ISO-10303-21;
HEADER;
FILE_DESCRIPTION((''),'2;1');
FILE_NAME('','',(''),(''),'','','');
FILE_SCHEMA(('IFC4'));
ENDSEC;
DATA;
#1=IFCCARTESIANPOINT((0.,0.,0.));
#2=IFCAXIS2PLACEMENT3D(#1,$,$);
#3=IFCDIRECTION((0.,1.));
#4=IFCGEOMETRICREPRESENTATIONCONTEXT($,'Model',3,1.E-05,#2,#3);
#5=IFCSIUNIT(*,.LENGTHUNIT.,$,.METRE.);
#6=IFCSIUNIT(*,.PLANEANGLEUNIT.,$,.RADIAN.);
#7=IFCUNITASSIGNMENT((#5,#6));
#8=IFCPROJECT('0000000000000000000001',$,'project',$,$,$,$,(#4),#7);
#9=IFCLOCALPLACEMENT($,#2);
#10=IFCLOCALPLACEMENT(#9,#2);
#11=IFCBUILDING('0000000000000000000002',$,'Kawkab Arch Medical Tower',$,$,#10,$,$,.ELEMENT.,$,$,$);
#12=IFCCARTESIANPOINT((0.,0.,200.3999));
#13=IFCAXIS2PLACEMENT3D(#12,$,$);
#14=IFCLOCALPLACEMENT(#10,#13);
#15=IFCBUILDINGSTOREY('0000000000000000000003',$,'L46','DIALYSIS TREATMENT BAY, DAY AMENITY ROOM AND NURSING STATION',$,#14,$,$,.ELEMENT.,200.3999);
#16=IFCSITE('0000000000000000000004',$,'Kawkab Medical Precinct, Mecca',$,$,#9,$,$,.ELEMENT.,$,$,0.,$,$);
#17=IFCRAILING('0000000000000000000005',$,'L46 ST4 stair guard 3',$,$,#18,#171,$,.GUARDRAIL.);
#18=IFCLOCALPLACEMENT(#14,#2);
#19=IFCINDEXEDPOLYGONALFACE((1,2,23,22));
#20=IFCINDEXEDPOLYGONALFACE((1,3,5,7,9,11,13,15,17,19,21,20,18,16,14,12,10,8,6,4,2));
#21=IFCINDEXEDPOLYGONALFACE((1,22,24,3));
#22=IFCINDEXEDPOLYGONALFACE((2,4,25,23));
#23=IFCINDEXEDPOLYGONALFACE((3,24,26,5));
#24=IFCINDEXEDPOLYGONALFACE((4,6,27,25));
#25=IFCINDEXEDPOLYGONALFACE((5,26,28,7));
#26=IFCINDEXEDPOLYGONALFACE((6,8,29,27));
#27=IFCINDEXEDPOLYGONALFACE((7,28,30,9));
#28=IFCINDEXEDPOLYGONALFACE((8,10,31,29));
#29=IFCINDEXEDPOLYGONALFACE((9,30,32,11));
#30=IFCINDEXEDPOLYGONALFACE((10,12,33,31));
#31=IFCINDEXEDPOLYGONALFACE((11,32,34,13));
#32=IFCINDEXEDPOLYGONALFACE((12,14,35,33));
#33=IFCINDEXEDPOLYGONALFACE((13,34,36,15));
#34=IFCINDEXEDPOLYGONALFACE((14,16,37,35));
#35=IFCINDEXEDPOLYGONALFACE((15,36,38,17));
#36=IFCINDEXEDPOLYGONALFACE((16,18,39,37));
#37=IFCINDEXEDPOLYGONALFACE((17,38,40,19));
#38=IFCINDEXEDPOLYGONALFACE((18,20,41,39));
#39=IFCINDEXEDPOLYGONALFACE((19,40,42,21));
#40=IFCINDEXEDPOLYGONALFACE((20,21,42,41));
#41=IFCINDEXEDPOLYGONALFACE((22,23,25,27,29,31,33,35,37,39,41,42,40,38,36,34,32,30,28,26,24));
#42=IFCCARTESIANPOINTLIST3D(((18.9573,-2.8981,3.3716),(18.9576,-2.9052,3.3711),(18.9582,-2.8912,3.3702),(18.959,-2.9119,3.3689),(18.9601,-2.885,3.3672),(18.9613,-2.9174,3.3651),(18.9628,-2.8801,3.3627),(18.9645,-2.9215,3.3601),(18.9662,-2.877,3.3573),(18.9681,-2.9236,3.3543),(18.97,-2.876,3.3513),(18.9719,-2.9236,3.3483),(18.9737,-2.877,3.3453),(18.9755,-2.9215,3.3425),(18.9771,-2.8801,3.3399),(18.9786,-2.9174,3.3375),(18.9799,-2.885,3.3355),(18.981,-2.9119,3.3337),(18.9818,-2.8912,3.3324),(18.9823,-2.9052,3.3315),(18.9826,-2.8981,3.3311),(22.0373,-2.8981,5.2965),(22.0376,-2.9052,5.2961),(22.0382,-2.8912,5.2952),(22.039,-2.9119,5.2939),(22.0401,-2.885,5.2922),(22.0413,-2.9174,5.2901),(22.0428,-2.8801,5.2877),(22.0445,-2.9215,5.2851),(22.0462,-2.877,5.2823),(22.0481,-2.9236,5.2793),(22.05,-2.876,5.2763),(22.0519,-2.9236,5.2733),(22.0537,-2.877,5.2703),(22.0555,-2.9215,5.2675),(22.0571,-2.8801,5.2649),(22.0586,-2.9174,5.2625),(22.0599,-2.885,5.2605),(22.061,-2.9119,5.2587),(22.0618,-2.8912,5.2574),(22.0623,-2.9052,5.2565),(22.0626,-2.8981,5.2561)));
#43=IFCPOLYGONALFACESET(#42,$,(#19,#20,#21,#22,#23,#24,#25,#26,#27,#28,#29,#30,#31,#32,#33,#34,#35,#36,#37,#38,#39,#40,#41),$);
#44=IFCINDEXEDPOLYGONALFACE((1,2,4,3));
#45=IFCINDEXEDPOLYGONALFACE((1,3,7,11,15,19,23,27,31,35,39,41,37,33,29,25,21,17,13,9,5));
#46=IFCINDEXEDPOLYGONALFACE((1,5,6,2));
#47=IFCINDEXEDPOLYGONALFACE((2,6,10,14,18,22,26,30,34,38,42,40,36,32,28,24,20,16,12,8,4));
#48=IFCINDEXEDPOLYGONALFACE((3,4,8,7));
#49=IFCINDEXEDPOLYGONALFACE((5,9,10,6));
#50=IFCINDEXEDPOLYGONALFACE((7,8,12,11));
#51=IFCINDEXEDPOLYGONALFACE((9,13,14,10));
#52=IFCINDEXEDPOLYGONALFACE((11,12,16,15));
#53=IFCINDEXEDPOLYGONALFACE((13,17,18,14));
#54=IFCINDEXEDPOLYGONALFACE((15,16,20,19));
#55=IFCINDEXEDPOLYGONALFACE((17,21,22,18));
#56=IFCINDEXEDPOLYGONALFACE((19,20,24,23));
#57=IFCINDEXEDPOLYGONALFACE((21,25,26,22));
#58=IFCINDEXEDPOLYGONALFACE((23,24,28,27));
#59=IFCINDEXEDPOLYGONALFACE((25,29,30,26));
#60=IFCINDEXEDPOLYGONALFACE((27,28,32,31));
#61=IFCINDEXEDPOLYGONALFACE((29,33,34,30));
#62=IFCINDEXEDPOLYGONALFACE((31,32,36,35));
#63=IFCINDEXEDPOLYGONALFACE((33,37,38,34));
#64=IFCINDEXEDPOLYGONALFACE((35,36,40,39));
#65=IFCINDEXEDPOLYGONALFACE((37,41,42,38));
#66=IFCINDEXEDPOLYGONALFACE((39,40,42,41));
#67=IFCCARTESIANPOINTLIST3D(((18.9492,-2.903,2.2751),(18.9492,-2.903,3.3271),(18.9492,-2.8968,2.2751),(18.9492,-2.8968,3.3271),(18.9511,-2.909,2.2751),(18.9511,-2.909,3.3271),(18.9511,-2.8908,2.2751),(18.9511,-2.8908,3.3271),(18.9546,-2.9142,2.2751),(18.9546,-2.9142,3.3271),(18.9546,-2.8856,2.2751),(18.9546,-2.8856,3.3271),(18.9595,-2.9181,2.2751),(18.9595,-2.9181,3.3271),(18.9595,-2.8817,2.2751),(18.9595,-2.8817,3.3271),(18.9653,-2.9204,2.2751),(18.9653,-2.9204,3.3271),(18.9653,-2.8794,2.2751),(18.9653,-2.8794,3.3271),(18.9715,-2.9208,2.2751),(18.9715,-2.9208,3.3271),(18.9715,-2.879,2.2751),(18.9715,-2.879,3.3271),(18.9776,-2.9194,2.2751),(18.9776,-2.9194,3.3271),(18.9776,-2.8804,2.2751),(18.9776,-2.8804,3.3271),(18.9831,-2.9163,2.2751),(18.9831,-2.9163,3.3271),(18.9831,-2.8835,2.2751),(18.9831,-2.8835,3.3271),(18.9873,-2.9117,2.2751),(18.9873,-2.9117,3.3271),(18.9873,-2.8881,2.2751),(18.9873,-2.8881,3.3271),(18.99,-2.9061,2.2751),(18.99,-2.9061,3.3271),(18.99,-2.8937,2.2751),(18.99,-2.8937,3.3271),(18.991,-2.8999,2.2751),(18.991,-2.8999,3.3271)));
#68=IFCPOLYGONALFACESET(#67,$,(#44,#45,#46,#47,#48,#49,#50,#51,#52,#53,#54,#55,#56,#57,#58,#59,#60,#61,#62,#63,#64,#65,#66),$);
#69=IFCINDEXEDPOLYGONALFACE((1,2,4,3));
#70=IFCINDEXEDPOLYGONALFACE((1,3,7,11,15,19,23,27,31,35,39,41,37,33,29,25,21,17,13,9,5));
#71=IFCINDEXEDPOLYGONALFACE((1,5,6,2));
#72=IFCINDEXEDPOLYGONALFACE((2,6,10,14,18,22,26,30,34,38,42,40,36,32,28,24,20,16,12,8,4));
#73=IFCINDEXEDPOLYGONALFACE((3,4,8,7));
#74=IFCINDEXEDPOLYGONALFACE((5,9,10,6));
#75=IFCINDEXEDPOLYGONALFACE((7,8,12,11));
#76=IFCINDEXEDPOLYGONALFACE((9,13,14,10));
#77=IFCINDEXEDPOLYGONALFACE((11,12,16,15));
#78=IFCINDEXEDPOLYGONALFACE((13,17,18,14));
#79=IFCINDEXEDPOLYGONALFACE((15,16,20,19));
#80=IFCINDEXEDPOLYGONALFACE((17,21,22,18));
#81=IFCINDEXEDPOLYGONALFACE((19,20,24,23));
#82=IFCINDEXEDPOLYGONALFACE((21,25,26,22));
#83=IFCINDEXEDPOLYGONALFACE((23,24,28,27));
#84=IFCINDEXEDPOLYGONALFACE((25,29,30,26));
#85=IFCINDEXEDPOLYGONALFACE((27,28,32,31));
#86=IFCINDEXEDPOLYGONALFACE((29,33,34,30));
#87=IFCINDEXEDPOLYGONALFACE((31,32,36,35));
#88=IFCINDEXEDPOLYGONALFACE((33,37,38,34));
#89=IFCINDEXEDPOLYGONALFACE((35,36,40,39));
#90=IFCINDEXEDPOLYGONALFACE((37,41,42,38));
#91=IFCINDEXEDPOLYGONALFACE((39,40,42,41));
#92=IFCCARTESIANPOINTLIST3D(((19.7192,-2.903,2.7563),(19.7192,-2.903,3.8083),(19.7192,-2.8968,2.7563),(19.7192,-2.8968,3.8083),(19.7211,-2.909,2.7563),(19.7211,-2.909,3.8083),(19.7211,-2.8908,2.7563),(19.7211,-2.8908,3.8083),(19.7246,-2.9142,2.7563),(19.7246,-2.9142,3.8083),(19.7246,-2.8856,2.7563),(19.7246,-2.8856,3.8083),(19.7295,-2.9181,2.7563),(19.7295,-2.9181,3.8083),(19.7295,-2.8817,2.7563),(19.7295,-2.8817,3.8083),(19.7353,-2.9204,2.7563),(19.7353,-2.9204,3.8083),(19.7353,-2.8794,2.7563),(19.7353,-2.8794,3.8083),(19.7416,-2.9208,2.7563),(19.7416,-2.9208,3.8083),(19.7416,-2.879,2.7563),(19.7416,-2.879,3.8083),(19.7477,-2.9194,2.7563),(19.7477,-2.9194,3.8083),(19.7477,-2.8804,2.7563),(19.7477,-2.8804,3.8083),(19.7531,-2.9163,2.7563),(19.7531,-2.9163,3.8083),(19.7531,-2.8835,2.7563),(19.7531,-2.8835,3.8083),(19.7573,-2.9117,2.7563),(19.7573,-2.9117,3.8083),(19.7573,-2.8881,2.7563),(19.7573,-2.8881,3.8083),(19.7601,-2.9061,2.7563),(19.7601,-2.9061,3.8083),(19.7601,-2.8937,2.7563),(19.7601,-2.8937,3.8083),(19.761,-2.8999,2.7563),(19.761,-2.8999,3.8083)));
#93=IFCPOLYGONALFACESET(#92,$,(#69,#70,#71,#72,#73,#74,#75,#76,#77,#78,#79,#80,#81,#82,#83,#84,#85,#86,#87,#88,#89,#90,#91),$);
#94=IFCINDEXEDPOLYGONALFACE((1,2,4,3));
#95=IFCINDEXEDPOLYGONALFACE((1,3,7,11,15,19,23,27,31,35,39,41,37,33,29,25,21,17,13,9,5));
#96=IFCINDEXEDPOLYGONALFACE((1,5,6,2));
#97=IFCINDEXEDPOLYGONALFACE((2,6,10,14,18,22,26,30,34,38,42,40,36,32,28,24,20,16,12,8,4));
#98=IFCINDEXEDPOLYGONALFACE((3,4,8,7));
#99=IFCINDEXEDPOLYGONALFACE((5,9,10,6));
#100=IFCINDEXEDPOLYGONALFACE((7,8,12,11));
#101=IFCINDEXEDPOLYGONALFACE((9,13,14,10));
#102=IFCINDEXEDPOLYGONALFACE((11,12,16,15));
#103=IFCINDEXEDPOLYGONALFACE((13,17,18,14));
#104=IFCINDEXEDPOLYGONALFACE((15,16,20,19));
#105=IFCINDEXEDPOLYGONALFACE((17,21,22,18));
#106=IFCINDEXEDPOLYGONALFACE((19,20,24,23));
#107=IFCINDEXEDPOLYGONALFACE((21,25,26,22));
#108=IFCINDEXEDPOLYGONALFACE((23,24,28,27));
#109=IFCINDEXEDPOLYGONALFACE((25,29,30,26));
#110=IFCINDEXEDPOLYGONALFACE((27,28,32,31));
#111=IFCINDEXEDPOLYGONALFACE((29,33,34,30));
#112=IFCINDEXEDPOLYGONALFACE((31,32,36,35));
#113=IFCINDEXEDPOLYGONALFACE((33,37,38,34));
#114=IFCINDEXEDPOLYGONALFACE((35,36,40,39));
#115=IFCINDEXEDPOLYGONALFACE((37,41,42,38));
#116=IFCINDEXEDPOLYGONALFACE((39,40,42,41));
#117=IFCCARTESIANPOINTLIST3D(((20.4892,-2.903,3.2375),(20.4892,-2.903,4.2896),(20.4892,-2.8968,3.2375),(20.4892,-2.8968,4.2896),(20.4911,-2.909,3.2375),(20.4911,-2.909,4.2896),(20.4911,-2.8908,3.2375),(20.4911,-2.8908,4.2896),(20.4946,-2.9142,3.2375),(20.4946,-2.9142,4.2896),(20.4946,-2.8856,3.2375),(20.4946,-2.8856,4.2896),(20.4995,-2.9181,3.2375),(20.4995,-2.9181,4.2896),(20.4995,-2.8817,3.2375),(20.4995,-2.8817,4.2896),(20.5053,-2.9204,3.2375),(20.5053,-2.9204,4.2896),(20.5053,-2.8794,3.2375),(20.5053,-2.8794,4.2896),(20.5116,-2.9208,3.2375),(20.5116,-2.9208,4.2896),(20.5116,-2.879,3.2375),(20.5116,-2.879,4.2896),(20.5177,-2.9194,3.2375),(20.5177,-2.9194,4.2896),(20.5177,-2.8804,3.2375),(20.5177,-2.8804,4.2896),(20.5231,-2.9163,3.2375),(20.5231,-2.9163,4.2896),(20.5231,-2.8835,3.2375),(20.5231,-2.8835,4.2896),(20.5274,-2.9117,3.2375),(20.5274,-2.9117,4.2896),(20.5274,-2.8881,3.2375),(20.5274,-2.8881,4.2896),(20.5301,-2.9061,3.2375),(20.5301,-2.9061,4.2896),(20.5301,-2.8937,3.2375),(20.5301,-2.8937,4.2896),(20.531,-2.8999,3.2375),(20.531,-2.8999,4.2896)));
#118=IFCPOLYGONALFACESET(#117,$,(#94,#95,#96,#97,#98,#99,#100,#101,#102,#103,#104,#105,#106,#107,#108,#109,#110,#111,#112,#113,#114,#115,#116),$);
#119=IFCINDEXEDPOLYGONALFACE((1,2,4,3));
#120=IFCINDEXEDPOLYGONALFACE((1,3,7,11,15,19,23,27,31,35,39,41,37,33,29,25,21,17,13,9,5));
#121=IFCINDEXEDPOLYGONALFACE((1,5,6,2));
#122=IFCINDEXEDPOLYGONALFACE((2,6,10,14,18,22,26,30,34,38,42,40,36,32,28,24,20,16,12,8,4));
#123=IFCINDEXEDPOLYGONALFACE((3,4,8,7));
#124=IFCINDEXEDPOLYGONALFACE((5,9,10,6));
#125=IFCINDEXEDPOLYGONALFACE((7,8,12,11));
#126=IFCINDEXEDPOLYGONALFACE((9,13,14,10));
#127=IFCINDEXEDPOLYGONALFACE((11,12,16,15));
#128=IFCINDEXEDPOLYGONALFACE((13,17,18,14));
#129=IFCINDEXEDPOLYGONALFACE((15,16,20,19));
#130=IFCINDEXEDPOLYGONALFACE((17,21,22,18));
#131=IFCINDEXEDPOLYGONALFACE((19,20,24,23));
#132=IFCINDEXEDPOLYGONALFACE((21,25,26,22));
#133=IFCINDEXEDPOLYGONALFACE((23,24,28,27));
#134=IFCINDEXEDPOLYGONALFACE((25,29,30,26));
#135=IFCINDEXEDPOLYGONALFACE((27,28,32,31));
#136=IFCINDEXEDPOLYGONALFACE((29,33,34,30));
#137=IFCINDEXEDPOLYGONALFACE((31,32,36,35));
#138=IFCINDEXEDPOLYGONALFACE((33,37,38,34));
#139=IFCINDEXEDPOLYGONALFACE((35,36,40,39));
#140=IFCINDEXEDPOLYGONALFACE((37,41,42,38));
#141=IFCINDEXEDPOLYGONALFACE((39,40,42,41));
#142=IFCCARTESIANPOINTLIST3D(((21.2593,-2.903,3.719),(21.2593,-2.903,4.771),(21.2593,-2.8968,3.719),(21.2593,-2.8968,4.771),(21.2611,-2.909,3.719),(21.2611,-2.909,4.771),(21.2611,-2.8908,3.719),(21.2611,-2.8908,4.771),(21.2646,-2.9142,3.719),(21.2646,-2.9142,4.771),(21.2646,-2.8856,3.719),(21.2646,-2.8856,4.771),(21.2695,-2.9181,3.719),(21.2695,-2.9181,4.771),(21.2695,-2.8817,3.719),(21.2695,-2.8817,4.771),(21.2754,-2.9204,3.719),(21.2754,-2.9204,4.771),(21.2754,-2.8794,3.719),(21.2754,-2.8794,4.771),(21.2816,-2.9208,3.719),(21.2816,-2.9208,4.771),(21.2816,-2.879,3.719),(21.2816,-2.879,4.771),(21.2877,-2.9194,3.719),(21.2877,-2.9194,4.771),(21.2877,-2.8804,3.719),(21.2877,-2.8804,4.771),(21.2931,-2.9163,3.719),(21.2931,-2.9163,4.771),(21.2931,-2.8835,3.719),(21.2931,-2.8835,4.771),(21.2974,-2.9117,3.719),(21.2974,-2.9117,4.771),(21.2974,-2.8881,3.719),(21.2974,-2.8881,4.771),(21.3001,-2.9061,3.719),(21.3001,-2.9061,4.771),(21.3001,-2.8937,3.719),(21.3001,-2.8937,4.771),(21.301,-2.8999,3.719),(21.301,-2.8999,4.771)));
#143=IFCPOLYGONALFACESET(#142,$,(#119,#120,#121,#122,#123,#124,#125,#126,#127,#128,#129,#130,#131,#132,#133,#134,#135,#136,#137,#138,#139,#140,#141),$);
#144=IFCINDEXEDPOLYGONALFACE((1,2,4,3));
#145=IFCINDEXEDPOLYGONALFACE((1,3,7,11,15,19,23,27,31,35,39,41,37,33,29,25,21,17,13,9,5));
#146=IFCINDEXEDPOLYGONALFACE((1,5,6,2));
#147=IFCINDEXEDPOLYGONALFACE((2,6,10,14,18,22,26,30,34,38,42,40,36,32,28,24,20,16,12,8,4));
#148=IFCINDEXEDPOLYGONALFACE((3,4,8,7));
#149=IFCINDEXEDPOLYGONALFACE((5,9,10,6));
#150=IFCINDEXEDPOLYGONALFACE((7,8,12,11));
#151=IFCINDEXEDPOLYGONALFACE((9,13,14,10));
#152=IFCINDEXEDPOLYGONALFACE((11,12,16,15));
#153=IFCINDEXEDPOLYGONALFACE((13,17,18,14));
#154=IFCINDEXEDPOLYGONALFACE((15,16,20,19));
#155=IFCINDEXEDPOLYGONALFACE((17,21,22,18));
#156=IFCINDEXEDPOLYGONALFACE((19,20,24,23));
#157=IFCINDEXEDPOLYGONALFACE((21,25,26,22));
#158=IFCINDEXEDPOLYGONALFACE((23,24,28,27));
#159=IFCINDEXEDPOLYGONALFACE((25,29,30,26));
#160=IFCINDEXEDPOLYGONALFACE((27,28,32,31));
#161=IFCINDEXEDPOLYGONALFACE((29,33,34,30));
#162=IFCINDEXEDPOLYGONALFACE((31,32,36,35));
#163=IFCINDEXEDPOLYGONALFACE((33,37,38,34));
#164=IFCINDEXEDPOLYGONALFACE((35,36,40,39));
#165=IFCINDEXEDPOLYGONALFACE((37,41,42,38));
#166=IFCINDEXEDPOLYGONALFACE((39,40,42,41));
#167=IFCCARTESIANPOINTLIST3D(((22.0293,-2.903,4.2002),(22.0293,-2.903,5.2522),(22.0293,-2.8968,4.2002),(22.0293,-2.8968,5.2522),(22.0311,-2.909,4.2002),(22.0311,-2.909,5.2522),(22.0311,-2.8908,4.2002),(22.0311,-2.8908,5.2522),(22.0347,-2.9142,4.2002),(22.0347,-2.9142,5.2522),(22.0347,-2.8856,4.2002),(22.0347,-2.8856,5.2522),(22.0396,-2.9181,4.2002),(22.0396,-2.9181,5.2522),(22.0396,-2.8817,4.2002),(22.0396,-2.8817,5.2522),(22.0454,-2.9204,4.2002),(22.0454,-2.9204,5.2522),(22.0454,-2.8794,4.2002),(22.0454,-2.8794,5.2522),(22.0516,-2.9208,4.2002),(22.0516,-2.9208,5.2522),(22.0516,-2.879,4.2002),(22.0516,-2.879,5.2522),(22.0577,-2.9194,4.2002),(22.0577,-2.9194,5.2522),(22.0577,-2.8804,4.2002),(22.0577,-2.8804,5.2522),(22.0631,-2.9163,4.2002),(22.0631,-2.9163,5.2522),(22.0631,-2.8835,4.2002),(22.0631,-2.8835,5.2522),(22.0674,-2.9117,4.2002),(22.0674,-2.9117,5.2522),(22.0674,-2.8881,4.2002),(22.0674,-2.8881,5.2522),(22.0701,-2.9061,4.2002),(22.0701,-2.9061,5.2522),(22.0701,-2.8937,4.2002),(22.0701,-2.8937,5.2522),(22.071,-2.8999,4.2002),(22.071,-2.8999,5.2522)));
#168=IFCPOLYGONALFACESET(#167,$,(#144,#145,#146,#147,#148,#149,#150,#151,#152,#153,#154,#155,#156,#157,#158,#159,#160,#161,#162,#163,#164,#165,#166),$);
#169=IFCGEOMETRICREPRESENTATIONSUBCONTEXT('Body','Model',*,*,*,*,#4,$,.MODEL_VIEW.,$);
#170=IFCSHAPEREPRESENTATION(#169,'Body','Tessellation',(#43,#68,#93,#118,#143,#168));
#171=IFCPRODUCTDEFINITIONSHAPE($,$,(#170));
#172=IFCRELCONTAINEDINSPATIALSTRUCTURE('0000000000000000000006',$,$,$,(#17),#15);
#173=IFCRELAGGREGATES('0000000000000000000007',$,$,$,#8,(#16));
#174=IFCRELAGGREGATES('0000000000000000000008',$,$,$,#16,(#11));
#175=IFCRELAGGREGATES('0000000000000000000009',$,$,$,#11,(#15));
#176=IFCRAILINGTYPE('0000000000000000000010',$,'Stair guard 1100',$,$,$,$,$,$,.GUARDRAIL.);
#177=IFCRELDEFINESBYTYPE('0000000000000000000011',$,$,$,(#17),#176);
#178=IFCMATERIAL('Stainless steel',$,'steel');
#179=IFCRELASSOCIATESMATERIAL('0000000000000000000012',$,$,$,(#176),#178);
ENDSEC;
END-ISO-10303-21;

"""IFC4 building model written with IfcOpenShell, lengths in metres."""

from ifc_helpers import new_model, si_unit, direction, frame, origin, origin_2d, place, context, subcontext, project, spatial, circle, extrude, material, type_object, element, save


model = new_model("IFC4")

# Units and contexts
model_context = context("Model", 3, precision=1e-05, world=origin(), true_north=direction((0.0, 1.0)))
body_context = subcontext(model_context, "Body", "Model", "MODEL_VIEW")
ifc_project = project(units=[si_unit("LENGTHUNIT", "METRE"), si_unit("PLANEANGLEUNIT", "RADIAN")], contexts=[model_context])

# Site, building, storey
site_placement = place(None, origin())
site = spatial("IfcSite", under=ifc_project, at=site_placement, Name="Kawkab Medical Precinct, Mecca", CompositionType="ELEMENT", RefElevation=0.0)
building_placement = place(site_placement, origin())
building = spatial("IfcBuilding", under=site, at=building_placement, Name="Kawkab Arch Medical Tower", CompositionType="ELEMENT")
storey_placement = place(building_placement, frame((0.0, 0.0, 200.3999)))
storey = spatial("IfcBuildingStorey", under=building, at=storey_placement, Name="L46", Description="DIALYSIS TREATMENT BAY, DAY AMENITY ROOM AND NURSING STATION", CompositionType="ELEMENT", Elevation=200.3999)

# Railing
ifc_material_1 = material(Name="Stainless steel", Category="steel")
railing_type_1 = type_object("IfcRailingType", Name="Stair guard 1100", PredefinedType="GUARDRAIL", material=ifc_material_1)
railing_1_placement = place(storey_placement, frame((18.97, -2.8999, 2.2751)))
element("IfcRailing", 1, at=railing_1_placement, inside=storey, type_object=railing_type_1, Name="L46 ST4 stair guard 3", PredefinedType="GUARDRAIL", context=body_context, shape_type="SweptSolid", body=[
    extrude(circle(Radius=0.0239, at=origin_2d()), frame((0.0, 0.0, 1.0762), z_axis=(0.847998, 0.0, 0.529999), x_axis=(0.0, 1.0, 0.0)), (0.0, 0.0, 1.0), 3.6321),
    extrude(circle(Radius=0.021, at=origin_2d()), origin(), (0.0, 0.0, 1.0), 1.052),
    extrude(circle(Radius=0.021, at=origin_2d()), frame((0.77, 0.0, 0.4812)), (0.0, 0.0, 1.0), 1.052),
    extrude(circle(Radius=0.021, at=origin_2d()), frame((1.54, 0.0, 0.9624)), (0.0, 0.0, 1.0), 1.052),
    extrude(circle(Radius=0.021, at=origin_2d()), frame((2.3101, 0.0, 1.4438)), (0.0, 0.0, 1.0), 1.052),
    extrude(circle(Radius=0.021, at=origin_2d()), frame((3.0801, 0.0, 1.925)), (0.0, 0.0, 1.0), 1.052),
])

save(model, "model.ifc")
